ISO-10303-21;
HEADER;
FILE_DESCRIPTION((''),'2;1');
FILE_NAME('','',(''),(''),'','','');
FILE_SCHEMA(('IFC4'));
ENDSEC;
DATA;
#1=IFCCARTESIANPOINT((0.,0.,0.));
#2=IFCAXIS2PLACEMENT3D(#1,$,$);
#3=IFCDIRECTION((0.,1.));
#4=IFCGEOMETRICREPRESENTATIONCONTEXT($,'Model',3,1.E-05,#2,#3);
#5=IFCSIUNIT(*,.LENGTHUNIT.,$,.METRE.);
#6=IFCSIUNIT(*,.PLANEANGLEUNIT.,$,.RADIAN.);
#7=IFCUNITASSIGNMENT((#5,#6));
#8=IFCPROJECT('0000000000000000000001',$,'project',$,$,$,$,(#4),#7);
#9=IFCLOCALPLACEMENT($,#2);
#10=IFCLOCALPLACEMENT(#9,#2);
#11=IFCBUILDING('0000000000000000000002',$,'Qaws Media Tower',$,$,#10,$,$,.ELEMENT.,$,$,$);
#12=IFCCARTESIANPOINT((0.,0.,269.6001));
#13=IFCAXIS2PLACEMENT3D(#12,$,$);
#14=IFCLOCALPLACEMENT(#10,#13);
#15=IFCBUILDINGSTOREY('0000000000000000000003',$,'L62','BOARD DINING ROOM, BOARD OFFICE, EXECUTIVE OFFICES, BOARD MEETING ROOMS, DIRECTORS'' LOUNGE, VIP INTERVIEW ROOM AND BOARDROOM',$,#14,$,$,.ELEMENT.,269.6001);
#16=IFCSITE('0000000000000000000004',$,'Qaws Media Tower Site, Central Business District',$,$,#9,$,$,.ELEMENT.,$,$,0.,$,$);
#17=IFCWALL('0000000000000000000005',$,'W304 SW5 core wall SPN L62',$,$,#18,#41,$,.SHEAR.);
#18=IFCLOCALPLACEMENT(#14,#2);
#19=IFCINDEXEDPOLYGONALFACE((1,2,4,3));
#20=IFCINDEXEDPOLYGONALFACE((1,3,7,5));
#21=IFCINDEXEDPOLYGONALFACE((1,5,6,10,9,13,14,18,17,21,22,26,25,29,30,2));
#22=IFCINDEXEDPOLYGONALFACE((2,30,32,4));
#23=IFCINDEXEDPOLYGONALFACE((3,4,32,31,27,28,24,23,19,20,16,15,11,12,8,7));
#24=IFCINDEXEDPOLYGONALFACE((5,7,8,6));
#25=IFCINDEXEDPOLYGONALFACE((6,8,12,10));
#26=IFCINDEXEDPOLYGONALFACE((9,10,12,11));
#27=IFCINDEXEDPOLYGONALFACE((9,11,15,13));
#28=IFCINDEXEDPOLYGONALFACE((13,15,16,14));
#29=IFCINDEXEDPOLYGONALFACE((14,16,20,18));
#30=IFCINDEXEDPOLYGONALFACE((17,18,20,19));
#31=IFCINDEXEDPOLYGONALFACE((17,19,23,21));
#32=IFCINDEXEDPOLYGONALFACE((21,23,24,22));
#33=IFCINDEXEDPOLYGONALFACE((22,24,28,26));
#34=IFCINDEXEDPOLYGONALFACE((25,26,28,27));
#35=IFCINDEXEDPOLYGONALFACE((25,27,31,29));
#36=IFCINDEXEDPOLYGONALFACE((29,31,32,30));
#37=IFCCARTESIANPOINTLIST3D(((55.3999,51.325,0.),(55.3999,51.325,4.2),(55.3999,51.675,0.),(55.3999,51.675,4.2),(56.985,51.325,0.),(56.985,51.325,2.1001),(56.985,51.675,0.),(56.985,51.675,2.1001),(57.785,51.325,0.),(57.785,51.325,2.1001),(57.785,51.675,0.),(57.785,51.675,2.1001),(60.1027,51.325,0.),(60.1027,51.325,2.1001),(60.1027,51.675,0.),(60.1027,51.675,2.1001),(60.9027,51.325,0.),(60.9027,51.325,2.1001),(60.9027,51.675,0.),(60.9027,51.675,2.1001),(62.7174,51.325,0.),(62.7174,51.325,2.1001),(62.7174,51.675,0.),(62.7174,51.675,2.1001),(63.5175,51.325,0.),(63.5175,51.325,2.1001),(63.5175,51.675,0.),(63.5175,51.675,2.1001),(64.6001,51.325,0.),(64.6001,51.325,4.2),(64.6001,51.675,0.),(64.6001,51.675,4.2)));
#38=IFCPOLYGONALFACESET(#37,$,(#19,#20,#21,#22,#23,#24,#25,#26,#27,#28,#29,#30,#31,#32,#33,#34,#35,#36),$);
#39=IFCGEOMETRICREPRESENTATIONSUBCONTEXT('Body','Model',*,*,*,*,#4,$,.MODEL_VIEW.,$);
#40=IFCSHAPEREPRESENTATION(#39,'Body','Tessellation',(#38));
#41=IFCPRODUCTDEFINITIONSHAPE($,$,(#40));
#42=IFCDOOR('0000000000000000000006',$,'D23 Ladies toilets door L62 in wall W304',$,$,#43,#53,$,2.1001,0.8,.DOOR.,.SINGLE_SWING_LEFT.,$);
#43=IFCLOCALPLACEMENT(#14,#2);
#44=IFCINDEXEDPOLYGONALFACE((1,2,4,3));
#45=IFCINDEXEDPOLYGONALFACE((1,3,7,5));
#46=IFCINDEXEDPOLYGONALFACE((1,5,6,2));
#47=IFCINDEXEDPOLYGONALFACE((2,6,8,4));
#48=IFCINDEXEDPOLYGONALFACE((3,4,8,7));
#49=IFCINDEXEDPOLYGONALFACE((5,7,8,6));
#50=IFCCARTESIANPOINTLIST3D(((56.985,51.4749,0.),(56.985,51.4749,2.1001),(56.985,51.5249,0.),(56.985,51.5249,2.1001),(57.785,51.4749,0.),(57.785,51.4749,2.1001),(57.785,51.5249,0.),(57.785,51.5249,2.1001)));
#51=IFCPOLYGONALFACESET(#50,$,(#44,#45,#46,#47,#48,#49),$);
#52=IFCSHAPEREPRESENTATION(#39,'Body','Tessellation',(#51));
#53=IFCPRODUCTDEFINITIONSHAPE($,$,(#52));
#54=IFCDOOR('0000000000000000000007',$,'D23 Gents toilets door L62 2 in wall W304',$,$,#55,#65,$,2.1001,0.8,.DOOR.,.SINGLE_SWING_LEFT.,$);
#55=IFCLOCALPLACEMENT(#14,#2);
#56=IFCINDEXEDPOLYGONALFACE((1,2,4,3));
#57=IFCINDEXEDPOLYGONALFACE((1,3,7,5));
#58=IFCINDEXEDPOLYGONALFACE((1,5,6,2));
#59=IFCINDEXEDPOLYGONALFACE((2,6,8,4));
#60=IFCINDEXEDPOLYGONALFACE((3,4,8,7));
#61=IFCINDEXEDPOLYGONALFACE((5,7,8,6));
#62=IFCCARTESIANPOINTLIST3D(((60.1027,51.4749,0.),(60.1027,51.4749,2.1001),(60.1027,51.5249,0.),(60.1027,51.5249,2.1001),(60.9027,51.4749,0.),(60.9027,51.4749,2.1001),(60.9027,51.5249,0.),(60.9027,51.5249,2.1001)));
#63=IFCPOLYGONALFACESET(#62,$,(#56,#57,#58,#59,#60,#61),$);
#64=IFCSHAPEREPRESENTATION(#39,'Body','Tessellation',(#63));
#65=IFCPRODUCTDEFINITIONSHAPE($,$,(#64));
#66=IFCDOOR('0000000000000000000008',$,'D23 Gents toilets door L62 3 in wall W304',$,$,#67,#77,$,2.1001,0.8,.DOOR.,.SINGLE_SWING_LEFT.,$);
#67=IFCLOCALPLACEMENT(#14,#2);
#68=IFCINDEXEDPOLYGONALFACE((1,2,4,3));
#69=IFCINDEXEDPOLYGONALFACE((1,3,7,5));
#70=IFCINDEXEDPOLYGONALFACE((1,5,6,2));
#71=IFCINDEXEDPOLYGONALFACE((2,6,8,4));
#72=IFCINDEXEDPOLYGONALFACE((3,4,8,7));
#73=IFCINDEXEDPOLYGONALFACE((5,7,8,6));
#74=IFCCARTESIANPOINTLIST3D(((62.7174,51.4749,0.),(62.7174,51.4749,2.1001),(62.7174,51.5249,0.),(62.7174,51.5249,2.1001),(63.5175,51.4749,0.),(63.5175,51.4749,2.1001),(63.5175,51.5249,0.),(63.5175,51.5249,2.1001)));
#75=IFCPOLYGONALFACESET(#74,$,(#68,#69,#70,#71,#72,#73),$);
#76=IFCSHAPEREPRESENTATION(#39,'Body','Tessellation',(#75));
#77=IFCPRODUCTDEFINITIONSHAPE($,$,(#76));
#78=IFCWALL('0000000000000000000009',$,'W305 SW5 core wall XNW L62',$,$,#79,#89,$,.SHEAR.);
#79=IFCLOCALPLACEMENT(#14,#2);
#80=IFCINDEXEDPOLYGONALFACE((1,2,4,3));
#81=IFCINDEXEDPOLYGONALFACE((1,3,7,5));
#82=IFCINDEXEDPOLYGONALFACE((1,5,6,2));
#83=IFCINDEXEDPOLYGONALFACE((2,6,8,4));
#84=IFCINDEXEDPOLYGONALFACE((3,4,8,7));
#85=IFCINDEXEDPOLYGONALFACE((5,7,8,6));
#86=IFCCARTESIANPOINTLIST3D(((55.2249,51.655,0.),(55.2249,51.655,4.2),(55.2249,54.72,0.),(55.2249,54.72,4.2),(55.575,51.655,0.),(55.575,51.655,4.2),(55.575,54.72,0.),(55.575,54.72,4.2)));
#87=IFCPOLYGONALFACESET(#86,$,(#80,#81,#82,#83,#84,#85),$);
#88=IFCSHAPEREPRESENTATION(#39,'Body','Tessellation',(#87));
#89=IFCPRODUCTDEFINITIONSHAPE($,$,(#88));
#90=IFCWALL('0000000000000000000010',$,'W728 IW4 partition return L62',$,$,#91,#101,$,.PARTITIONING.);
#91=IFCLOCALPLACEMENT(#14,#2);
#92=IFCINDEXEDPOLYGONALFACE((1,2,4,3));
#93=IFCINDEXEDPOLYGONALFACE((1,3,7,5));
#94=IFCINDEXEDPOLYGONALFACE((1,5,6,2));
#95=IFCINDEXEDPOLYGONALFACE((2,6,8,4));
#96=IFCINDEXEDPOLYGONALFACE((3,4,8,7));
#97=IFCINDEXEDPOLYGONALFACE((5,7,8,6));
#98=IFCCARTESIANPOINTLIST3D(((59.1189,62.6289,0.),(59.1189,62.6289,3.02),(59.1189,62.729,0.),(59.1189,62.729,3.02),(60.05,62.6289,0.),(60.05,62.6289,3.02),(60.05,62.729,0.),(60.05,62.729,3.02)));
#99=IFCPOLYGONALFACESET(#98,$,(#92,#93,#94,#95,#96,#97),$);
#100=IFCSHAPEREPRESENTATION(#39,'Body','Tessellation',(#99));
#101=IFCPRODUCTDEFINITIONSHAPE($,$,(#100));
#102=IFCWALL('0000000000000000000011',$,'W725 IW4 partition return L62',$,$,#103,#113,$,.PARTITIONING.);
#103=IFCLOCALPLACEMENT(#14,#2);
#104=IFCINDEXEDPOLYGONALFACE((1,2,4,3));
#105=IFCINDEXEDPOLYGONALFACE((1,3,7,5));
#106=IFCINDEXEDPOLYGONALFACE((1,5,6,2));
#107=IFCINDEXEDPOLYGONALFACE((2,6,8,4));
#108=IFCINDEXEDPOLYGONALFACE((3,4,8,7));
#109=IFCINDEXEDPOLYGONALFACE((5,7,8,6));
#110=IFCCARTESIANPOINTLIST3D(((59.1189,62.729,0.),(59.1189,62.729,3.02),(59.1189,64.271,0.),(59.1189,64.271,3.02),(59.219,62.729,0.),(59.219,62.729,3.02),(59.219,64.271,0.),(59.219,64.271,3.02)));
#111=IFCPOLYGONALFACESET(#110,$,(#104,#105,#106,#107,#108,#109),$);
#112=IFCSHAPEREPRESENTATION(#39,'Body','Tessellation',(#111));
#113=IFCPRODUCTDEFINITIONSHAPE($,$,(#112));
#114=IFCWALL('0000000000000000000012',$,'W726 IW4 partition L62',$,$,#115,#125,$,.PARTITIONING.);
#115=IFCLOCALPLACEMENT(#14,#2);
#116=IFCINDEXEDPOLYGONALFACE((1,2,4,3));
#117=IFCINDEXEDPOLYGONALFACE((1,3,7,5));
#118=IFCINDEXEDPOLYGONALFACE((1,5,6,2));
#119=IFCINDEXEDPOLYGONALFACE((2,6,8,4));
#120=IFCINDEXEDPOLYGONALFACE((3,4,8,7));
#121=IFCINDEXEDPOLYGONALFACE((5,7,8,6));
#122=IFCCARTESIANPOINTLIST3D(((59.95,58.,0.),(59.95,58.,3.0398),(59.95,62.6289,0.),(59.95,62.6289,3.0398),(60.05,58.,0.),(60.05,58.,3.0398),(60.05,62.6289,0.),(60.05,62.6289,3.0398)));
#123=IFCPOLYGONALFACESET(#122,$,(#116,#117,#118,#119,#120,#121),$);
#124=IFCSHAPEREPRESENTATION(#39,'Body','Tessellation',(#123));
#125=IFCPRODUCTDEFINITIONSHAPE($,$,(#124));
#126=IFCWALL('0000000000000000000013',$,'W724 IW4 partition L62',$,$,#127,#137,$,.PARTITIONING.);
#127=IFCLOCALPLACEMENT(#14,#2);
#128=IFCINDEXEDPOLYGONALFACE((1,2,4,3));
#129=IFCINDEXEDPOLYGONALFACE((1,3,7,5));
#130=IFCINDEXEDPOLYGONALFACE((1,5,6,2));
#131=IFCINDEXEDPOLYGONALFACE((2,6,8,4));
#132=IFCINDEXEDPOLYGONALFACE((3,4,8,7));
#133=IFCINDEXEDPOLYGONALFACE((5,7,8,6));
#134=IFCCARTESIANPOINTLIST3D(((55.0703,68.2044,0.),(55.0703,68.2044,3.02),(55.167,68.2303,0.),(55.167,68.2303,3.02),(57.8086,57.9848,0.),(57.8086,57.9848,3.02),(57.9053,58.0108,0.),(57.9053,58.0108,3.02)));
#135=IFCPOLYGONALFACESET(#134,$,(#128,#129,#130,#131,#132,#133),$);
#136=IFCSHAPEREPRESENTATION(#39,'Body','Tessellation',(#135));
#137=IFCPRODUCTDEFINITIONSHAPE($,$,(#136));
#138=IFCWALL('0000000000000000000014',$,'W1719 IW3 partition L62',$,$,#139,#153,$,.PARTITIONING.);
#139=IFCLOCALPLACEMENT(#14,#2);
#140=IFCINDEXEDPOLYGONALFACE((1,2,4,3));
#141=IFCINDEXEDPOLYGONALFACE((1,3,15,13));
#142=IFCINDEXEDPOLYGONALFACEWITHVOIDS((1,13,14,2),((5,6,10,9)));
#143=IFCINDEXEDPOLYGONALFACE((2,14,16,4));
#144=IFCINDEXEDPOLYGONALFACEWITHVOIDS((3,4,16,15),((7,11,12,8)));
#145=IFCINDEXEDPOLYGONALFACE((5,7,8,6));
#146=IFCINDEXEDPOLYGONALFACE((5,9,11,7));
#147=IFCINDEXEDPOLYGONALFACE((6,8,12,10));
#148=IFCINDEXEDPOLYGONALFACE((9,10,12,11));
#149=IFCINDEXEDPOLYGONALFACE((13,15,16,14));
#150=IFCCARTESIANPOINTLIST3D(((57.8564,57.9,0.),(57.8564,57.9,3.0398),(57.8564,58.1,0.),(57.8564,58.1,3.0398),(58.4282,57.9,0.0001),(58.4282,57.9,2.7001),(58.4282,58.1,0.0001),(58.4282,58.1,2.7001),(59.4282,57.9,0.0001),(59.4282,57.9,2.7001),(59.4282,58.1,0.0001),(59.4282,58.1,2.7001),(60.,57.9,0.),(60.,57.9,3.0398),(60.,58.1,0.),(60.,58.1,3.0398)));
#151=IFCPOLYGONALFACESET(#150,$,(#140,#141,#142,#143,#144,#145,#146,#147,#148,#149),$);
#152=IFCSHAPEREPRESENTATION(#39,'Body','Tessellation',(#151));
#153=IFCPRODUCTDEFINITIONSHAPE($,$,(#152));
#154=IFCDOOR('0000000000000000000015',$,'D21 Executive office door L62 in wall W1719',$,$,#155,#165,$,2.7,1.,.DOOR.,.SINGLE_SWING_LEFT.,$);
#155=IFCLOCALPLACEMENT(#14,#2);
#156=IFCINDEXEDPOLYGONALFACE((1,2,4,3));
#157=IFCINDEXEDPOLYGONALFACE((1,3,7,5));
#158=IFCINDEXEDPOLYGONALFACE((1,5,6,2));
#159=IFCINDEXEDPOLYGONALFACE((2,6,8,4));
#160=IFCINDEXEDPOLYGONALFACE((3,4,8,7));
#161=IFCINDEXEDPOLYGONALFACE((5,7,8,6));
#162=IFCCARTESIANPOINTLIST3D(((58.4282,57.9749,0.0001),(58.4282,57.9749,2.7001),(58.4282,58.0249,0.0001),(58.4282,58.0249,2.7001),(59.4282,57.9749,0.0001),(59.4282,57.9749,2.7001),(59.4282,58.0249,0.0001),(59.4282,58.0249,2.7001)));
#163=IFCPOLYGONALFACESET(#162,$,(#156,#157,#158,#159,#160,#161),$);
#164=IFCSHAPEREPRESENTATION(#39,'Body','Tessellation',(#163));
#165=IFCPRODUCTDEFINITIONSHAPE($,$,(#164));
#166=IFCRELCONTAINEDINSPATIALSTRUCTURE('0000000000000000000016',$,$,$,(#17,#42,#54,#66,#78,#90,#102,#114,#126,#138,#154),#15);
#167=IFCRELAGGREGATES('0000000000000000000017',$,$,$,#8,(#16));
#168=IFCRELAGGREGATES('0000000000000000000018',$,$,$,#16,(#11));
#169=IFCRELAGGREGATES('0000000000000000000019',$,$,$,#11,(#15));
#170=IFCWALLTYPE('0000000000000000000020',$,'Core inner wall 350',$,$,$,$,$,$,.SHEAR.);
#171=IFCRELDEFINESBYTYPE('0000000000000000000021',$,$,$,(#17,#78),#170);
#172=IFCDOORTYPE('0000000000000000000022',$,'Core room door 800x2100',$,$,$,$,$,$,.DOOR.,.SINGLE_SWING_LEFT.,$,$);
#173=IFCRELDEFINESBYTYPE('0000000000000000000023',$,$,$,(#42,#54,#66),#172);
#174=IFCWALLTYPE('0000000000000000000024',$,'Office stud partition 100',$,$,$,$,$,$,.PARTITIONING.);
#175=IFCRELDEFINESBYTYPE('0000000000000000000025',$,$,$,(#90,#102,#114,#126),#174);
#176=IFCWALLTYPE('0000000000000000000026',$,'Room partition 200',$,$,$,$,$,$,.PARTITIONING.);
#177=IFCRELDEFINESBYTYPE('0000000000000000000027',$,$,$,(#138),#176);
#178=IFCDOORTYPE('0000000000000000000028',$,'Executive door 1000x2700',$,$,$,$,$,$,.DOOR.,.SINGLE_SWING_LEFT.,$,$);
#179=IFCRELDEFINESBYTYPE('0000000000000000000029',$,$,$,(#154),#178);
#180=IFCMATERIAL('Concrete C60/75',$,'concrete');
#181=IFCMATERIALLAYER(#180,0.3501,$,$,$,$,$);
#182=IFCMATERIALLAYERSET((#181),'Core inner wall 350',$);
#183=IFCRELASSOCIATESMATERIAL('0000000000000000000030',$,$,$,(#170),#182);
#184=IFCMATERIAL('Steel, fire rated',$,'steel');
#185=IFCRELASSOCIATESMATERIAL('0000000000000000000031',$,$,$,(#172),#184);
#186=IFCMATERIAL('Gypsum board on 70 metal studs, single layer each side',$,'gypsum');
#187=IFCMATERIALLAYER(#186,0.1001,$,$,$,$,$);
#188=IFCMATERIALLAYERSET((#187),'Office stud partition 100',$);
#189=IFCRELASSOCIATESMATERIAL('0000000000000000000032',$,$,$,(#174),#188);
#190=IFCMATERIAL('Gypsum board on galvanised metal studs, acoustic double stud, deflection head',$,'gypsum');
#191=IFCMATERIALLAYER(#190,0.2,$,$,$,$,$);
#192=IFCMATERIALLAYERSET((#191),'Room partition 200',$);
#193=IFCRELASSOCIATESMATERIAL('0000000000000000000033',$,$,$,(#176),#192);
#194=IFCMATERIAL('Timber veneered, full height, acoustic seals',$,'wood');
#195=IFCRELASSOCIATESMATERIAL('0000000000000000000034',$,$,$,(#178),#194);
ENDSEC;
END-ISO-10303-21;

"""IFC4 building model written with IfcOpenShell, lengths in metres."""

from ifc_helpers import new_model, si_unit, direction, frame, frame_2d, origin, place, context, subcontext, project, spatial, rectangle, extrude, material, layer, layer_set, type_object, element, fill, save


model = new_model("IFC4")

# Units and contexts
model_context = context("Model", 3, precision=1e-05, world=origin(), true_north=direction((0.0, 1.0)))
body_context = subcontext(model_context, "Body", "Model", "MODEL_VIEW")
ifc_project = project(units=[si_unit("LENGTHUNIT", "METRE"), si_unit("PLANEANGLEUNIT", "RADIAN")], contexts=[model_context])

# Site, building, storey
site_placement = place(None, origin())
site = spatial("IfcSite", under=ifc_project, at=site_placement, Name="Qaws Media Tower Site, Central Business District", CompositionType="ELEMENT", RefElevation=0.0)
building_placement = place(site_placement, origin())
building = spatial("IfcBuilding", under=site, at=building_placement, Name="Qaws Media Tower", CompositionType="ELEMENT")
storey_placement = place(building_placement, frame((0.0, 0.0, 269.6001)))
storey = spatial("IfcBuildingStorey", under=building, at=storey_placement, Name="L62", Description="BOARD DINING ROOM, BOARD OFFICE, EXECUTIVE OFFICES, BOARD MEETING ROOMS, DIRECTORS' LOUNGE, VIP INTERVIEW ROOM AND BOARDROOM", CompositionType="ELEMENT", Elevation=269.6001)

# Wall, openings, doors
ifc_material_1 = material(Name="Concrete C60/75", Category="concrete")
ifc_layer_1 = layer(ifc_material_1, 0.3501)
ifc_layer_set_1 = layer_set([ifc_layer_1], Name="Core inner wall 350")
wall_type_1 = type_object("IfcWallType", Name="Core inner wall 350", PredefinedType="SHEAR", material=ifc_layer_set_1)
wall_1_placement = place(storey_placement, frame((55.3999, 51.5, 0.0), z_axis=(0.0, 0.0, 1.0), x_axis=(1.0, 0.0, 0.0)))
wall_1 = element("IfcWall", 1, at=wall_1_placement, inside=storey, type_object=wall_type_1, Name="W304 SW5 core wall SPN L62", PredefinedType="SHEAR", context=body_context, shape_type="SweptSolid", body=[
    extrude(rectangle(XDim=9.2002, YDim=0.3501, at=frame_2d((4.6001, 0.0))), origin(), (0.0, 0.0, 1.0), 4.2),
])
opening_1_placement = place(wall_1_placement, frame((1.5852, 0.0, 0.0)))
opening_1 = element("IfcOpeningElement", 2, at=opening_1_placement, cuts=wall_1, PredefinedType="OPENING", context=body_context, shape_type="SweptSolid", body=[
    extrude(rectangle(XDim=0.8, YDim=2.1001, at=frame_2d((0.3999, 1.05))), frame((0.0, 0.1851, 0.0), z_axis=(0.0, -1.0, 0.0), x_axis=(1.0, 0.0, 0.0)), (0.0, 0.0, 1.0), 0.3701),
])
opening_2_placement = place(wall_1_placement, frame((4.7029, 0.0, 0.0)))
opening_2 = element("IfcOpeningElement", 3, at=opening_2_placement, cuts=wall_1, PredefinedType="OPENING", context=body_context, shape_type="SweptSolid", body=[
    extrude(rectangle(XDim=0.8, YDim=2.1001, at=frame_2d((0.3999, 1.05))), frame((0.0, 0.1851, 0.0), z_axis=(0.0, -1.0, 0.0), x_axis=(1.0, 0.0, 0.0)), (0.0, 0.0, 1.0), 0.3701),
])
opening_3_placement = place(wall_1_placement, frame((7.3176, 0.0, 0.0)))
opening_3 = element("IfcOpeningElement", 4, at=opening_3_placement, cuts=wall_1, PredefinedType="OPENING", context=body_context, shape_type="SweptSolid", body=[
    extrude(rectangle(XDim=0.8, YDim=2.1001, at=frame_2d((0.3999, 1.05))), frame((0.0, 0.1851, 0.0), z_axis=(0.0, -1.0, 0.0), x_axis=(1.0, 0.0, 0.0)), (0.0, 0.0, 1.0), 0.3701),
])
ifc_material_2 = material(Name="Steel, fire rated", Category="steel")
door_type_1 = type_object("IfcDoorType", Name="Core room door 800x2100", OperationType="SINGLE_SWING_LEFT", PredefinedType="DOOR", material=ifc_material_2)
door_1_placement = place(opening_1_placement, origin())
door_1 = element("IfcDoor", 5, at=door_1_placement, inside=storey, type_object=door_type_1, Name="D23 Ladies toilets door L62 in wall W304", OperationType="SINGLE_SWING_LEFT", OverallHeight=2.1001, OverallWidth=0.8, PredefinedType="DOOR", context=body_context, shape_type="SweptSolid", body=[
    extrude(rectangle(XDim=0.8, YDim=2.1001, at=frame_2d((0.3999, 1.05))), frame((0.0, 0.0249, 0.0), z_axis=(0.0, -1.0, 0.0), x_axis=(1.0, 0.0, 0.0)), (0.0, 0.0, 1.0), 0.05),
])
fill(opening_1, door_1)
door_2_placement = place(opening_2_placement, origin())
door_2 = element("IfcDoor", 6, at=door_2_placement, inside=storey, type_object=door_type_1, Name="D23 Gents toilets door L62 2 in wall W304", OperationType="SINGLE_SWING_LEFT", OverallHeight=2.1001, OverallWidth=0.8, PredefinedType="DOOR", context=body_context, shape_type="SweptSolid", body=[
    extrude(rectangle(XDim=0.8, YDim=2.1001, at=frame_2d((0.3999, 1.05))), frame((0.0, 0.0249, 0.0), z_axis=(0.0, -1.0, 0.0), x_axis=(1.0, 0.0, 0.0)), (0.0, 0.0, 1.0), 0.05),
])
fill(opening_2, door_2)
door_3_placement = place(opening_3_placement, origin())
door_3 = element("IfcDoor", 7, at=door_3_placement, inside=storey, type_object=door_type_1, Name="D23 Gents toilets door L62 3 in wall W304", OperationType="SINGLE_SWING_LEFT", OverallHeight=2.1001, OverallWidth=0.8, PredefinedType="DOOR", context=body_context, shape_type="SweptSolid", body=[
    extrude(rectangle(XDim=0.8, YDim=2.1001, at=frame_2d((0.3999, 1.05))), frame((0.0, 0.0249, 0.0), z_axis=(0.0, -1.0, 0.0), x_axis=(1.0, 0.0, 0.0)), (0.0, 0.0, 1.0), 0.05),
])
fill(opening_3, door_3)

# Walls
wall_2_placement = place(storey_placement, frame((55.3999, 51.655, 0.0), z_axis=(0.0, 0.0, 1.0), x_axis=(0.0, 1.0, 0.0)))
element("IfcWall", 8, at=wall_2_placement, inside=storey, type_object=wall_type_1, Name="W305 SW5 core wall XNW L62", PredefinedType="SHEAR", context=body_context, shape_type="SweptSolid", body=[
    extrude(rectangle(XDim=3.0649, YDim=0.3501, at=frame_2d((1.5325, 0.0))), origin(), (0.0, 0.0, 1.0), 4.2),
])
ifc_material_3 = material(Name="Gypsum board on 70 metal studs, single layer each side", Category="gypsum")
ifc_layer_2 = layer(ifc_material_3, 0.1001)
ifc_layer_set_2 = layer_set([ifc_layer_2], Name="Office stud partition 100")
wall_type_2 = type_object("IfcWallType", Name="Office stud partition 100", PredefinedType="PARTITIONING", material=ifc_layer_set_2)
wall_3_placement = place(storey_placement, frame((60.05, 62.679, 0.0), z_axis=(0.0, 0.0, 1.0), x_axis=(-1.0, 0.0, 0.0)))
element("IfcWall", 9, at=wall_3_placement, inside=storey, type_object=wall_type_2, Name="W728 IW4 partition return L62", PredefinedType="PARTITIONING", context=body_context, shape_type="SweptSolid", body=[
    extrude(rectangle(XDim=0.9312, YDim=0.1001, at=frame_2d((0.4656, 0.0))), origin(), (0.0, 0.0, 1.0), 3.02),
])
wall_4_placement = place(storey_placement, frame((59.1689, 62.729, 0.0), z_axis=(0.0, 0.0, 1.0), x_axis=(0.0, 1.0, 0.0)))
element("IfcWall", 10, at=wall_4_placement, inside=storey, type_object=wall_type_2, Name="W725 IW4 partition return L62", PredefinedType="PARTITIONING", context=body_context, shape_type="SweptSolid", body=[
    extrude(rectangle(XDim=1.542, YDim=0.1001, at=frame_2d((0.771, 0.0))), origin(), (0.0, 0.0, 1.0), 3.02),
])
wall_5_placement = place(storey_placement, frame((60.0, 58.0, 0.0), z_axis=(0.0, 0.0, 1.0), x_axis=(0.0, 1.0, 0.0)))
element("IfcWall", 11, at=wall_5_placement, inside=storey, type_object=wall_type_2, Name="W726 IW4 partition L62", PredefinedType="PARTITIONING", context=body_context, shape_type="SweptSolid", body=[
    extrude(rectangle(XDim=4.6289, YDim=0.1001, at=frame_2d((2.3145, 0.0))), origin(), (0.0, 0.0, 1.0), 3.0398),
])
wall_6_placement = place(storey_placement, frame((57.8569, 57.9978, 0.0), z_axis=(0.0, 0.0, 1.0), x_axis=(-0.258817, 0.965926, 0.0)))
element("IfcWall", 12, at=wall_6_placement, inside=storey, type_object=wall_type_2, Name="W724 IW4 partition L62", PredefinedType="PARTITIONING", context=body_context, shape_type="SweptSolid", body=[
    extrude(rectangle(XDim=10.5801, YDim=0.1001, at=frame_2d((5.29, 0.0))), origin(), (0.0, 0.0, 1.0), 3.02),
])

# Wall, opening, door
ifc_material_4 = material(Name="Gypsum board on galvanised metal studs, acoustic double stud, deflection head", Category="gypsum")
ifc_layer_3 = layer(ifc_material_4, 0.2)
ifc_layer_set_3 = layer_set([ifc_layer_3], Name="Room partition 200")
wall_type_3 = type_object("IfcWallType", Name="Room partition 200", PredefinedType="PARTITIONING", material=ifc_layer_set_3)
wall_7_placement = place(storey_placement, frame((57.8564, 58.0, 0.0), z_axis=(0.0, 0.0, 1.0), x_axis=(1.0, 0.0, 0.0)))
wall_7 = element("IfcWall", 13, at=wall_7_placement, inside=storey, type_object=wall_type_3, Name="W1719 IW3 partition L62", PredefinedType="PARTITIONING", context=body_context, shape_type="SweptSolid", body=[
    extrude(rectangle(XDim=2.1436, YDim=0.2, at=frame_2d((1.0718, 0.0))), origin(), (0.0, 0.0, 1.0), 3.0398),
])
opening_4_placement = place(wall_7_placement, frame((0.5718, 0.0, 0.0)))
opening_4 = element("IfcOpeningElement", 14, at=opening_4_placement, cuts=wall_7, PredefinedType="OPENING", context=body_context, shape_type="SweptSolid", body=[
    extrude(rectangle(XDim=1.0, YDim=2.7, at=frame_2d((0.5, 1.3501))), frame((0.0, 0.1099, 0.0), z_axis=(0.0, -1.0, 0.0), x_axis=(1.0, 0.0, 0.0)), (0.0, 0.0, 1.0), 0.22),
])
ifc_material_5 = material(Name="Timber veneered, full height, acoustic seals", Category="wood")
door_type_2 = type_object("IfcDoorType", Name="Executive door 1000x2700", OperationType="SINGLE_SWING_LEFT", PredefinedType="DOOR", material=ifc_material_5)
door_4_placement = place(opening_4_placement, origin())
door_4 = element("IfcDoor", 15, at=door_4_placement, inside=storey, type_object=door_type_2, Name="D21 Executive office door L62 in wall W1719", OperationType="SINGLE_SWING_LEFT", OverallHeight=2.7, OverallWidth=1.0, PredefinedType="DOOR", context=body_context, shape_type="SweptSolid", body=[
    extrude(rectangle(XDim=1.0, YDim=2.7, at=frame_2d((0.5, 1.3501))), frame((0.0, 0.0249, 0.0), z_axis=(0.0, -1.0, 0.0), x_axis=(1.0, 0.0, 0.0)), (0.0, 0.0, 1.0), 0.05),
])
fill(opening_4, door_4)

save(model, "model.ifc")
